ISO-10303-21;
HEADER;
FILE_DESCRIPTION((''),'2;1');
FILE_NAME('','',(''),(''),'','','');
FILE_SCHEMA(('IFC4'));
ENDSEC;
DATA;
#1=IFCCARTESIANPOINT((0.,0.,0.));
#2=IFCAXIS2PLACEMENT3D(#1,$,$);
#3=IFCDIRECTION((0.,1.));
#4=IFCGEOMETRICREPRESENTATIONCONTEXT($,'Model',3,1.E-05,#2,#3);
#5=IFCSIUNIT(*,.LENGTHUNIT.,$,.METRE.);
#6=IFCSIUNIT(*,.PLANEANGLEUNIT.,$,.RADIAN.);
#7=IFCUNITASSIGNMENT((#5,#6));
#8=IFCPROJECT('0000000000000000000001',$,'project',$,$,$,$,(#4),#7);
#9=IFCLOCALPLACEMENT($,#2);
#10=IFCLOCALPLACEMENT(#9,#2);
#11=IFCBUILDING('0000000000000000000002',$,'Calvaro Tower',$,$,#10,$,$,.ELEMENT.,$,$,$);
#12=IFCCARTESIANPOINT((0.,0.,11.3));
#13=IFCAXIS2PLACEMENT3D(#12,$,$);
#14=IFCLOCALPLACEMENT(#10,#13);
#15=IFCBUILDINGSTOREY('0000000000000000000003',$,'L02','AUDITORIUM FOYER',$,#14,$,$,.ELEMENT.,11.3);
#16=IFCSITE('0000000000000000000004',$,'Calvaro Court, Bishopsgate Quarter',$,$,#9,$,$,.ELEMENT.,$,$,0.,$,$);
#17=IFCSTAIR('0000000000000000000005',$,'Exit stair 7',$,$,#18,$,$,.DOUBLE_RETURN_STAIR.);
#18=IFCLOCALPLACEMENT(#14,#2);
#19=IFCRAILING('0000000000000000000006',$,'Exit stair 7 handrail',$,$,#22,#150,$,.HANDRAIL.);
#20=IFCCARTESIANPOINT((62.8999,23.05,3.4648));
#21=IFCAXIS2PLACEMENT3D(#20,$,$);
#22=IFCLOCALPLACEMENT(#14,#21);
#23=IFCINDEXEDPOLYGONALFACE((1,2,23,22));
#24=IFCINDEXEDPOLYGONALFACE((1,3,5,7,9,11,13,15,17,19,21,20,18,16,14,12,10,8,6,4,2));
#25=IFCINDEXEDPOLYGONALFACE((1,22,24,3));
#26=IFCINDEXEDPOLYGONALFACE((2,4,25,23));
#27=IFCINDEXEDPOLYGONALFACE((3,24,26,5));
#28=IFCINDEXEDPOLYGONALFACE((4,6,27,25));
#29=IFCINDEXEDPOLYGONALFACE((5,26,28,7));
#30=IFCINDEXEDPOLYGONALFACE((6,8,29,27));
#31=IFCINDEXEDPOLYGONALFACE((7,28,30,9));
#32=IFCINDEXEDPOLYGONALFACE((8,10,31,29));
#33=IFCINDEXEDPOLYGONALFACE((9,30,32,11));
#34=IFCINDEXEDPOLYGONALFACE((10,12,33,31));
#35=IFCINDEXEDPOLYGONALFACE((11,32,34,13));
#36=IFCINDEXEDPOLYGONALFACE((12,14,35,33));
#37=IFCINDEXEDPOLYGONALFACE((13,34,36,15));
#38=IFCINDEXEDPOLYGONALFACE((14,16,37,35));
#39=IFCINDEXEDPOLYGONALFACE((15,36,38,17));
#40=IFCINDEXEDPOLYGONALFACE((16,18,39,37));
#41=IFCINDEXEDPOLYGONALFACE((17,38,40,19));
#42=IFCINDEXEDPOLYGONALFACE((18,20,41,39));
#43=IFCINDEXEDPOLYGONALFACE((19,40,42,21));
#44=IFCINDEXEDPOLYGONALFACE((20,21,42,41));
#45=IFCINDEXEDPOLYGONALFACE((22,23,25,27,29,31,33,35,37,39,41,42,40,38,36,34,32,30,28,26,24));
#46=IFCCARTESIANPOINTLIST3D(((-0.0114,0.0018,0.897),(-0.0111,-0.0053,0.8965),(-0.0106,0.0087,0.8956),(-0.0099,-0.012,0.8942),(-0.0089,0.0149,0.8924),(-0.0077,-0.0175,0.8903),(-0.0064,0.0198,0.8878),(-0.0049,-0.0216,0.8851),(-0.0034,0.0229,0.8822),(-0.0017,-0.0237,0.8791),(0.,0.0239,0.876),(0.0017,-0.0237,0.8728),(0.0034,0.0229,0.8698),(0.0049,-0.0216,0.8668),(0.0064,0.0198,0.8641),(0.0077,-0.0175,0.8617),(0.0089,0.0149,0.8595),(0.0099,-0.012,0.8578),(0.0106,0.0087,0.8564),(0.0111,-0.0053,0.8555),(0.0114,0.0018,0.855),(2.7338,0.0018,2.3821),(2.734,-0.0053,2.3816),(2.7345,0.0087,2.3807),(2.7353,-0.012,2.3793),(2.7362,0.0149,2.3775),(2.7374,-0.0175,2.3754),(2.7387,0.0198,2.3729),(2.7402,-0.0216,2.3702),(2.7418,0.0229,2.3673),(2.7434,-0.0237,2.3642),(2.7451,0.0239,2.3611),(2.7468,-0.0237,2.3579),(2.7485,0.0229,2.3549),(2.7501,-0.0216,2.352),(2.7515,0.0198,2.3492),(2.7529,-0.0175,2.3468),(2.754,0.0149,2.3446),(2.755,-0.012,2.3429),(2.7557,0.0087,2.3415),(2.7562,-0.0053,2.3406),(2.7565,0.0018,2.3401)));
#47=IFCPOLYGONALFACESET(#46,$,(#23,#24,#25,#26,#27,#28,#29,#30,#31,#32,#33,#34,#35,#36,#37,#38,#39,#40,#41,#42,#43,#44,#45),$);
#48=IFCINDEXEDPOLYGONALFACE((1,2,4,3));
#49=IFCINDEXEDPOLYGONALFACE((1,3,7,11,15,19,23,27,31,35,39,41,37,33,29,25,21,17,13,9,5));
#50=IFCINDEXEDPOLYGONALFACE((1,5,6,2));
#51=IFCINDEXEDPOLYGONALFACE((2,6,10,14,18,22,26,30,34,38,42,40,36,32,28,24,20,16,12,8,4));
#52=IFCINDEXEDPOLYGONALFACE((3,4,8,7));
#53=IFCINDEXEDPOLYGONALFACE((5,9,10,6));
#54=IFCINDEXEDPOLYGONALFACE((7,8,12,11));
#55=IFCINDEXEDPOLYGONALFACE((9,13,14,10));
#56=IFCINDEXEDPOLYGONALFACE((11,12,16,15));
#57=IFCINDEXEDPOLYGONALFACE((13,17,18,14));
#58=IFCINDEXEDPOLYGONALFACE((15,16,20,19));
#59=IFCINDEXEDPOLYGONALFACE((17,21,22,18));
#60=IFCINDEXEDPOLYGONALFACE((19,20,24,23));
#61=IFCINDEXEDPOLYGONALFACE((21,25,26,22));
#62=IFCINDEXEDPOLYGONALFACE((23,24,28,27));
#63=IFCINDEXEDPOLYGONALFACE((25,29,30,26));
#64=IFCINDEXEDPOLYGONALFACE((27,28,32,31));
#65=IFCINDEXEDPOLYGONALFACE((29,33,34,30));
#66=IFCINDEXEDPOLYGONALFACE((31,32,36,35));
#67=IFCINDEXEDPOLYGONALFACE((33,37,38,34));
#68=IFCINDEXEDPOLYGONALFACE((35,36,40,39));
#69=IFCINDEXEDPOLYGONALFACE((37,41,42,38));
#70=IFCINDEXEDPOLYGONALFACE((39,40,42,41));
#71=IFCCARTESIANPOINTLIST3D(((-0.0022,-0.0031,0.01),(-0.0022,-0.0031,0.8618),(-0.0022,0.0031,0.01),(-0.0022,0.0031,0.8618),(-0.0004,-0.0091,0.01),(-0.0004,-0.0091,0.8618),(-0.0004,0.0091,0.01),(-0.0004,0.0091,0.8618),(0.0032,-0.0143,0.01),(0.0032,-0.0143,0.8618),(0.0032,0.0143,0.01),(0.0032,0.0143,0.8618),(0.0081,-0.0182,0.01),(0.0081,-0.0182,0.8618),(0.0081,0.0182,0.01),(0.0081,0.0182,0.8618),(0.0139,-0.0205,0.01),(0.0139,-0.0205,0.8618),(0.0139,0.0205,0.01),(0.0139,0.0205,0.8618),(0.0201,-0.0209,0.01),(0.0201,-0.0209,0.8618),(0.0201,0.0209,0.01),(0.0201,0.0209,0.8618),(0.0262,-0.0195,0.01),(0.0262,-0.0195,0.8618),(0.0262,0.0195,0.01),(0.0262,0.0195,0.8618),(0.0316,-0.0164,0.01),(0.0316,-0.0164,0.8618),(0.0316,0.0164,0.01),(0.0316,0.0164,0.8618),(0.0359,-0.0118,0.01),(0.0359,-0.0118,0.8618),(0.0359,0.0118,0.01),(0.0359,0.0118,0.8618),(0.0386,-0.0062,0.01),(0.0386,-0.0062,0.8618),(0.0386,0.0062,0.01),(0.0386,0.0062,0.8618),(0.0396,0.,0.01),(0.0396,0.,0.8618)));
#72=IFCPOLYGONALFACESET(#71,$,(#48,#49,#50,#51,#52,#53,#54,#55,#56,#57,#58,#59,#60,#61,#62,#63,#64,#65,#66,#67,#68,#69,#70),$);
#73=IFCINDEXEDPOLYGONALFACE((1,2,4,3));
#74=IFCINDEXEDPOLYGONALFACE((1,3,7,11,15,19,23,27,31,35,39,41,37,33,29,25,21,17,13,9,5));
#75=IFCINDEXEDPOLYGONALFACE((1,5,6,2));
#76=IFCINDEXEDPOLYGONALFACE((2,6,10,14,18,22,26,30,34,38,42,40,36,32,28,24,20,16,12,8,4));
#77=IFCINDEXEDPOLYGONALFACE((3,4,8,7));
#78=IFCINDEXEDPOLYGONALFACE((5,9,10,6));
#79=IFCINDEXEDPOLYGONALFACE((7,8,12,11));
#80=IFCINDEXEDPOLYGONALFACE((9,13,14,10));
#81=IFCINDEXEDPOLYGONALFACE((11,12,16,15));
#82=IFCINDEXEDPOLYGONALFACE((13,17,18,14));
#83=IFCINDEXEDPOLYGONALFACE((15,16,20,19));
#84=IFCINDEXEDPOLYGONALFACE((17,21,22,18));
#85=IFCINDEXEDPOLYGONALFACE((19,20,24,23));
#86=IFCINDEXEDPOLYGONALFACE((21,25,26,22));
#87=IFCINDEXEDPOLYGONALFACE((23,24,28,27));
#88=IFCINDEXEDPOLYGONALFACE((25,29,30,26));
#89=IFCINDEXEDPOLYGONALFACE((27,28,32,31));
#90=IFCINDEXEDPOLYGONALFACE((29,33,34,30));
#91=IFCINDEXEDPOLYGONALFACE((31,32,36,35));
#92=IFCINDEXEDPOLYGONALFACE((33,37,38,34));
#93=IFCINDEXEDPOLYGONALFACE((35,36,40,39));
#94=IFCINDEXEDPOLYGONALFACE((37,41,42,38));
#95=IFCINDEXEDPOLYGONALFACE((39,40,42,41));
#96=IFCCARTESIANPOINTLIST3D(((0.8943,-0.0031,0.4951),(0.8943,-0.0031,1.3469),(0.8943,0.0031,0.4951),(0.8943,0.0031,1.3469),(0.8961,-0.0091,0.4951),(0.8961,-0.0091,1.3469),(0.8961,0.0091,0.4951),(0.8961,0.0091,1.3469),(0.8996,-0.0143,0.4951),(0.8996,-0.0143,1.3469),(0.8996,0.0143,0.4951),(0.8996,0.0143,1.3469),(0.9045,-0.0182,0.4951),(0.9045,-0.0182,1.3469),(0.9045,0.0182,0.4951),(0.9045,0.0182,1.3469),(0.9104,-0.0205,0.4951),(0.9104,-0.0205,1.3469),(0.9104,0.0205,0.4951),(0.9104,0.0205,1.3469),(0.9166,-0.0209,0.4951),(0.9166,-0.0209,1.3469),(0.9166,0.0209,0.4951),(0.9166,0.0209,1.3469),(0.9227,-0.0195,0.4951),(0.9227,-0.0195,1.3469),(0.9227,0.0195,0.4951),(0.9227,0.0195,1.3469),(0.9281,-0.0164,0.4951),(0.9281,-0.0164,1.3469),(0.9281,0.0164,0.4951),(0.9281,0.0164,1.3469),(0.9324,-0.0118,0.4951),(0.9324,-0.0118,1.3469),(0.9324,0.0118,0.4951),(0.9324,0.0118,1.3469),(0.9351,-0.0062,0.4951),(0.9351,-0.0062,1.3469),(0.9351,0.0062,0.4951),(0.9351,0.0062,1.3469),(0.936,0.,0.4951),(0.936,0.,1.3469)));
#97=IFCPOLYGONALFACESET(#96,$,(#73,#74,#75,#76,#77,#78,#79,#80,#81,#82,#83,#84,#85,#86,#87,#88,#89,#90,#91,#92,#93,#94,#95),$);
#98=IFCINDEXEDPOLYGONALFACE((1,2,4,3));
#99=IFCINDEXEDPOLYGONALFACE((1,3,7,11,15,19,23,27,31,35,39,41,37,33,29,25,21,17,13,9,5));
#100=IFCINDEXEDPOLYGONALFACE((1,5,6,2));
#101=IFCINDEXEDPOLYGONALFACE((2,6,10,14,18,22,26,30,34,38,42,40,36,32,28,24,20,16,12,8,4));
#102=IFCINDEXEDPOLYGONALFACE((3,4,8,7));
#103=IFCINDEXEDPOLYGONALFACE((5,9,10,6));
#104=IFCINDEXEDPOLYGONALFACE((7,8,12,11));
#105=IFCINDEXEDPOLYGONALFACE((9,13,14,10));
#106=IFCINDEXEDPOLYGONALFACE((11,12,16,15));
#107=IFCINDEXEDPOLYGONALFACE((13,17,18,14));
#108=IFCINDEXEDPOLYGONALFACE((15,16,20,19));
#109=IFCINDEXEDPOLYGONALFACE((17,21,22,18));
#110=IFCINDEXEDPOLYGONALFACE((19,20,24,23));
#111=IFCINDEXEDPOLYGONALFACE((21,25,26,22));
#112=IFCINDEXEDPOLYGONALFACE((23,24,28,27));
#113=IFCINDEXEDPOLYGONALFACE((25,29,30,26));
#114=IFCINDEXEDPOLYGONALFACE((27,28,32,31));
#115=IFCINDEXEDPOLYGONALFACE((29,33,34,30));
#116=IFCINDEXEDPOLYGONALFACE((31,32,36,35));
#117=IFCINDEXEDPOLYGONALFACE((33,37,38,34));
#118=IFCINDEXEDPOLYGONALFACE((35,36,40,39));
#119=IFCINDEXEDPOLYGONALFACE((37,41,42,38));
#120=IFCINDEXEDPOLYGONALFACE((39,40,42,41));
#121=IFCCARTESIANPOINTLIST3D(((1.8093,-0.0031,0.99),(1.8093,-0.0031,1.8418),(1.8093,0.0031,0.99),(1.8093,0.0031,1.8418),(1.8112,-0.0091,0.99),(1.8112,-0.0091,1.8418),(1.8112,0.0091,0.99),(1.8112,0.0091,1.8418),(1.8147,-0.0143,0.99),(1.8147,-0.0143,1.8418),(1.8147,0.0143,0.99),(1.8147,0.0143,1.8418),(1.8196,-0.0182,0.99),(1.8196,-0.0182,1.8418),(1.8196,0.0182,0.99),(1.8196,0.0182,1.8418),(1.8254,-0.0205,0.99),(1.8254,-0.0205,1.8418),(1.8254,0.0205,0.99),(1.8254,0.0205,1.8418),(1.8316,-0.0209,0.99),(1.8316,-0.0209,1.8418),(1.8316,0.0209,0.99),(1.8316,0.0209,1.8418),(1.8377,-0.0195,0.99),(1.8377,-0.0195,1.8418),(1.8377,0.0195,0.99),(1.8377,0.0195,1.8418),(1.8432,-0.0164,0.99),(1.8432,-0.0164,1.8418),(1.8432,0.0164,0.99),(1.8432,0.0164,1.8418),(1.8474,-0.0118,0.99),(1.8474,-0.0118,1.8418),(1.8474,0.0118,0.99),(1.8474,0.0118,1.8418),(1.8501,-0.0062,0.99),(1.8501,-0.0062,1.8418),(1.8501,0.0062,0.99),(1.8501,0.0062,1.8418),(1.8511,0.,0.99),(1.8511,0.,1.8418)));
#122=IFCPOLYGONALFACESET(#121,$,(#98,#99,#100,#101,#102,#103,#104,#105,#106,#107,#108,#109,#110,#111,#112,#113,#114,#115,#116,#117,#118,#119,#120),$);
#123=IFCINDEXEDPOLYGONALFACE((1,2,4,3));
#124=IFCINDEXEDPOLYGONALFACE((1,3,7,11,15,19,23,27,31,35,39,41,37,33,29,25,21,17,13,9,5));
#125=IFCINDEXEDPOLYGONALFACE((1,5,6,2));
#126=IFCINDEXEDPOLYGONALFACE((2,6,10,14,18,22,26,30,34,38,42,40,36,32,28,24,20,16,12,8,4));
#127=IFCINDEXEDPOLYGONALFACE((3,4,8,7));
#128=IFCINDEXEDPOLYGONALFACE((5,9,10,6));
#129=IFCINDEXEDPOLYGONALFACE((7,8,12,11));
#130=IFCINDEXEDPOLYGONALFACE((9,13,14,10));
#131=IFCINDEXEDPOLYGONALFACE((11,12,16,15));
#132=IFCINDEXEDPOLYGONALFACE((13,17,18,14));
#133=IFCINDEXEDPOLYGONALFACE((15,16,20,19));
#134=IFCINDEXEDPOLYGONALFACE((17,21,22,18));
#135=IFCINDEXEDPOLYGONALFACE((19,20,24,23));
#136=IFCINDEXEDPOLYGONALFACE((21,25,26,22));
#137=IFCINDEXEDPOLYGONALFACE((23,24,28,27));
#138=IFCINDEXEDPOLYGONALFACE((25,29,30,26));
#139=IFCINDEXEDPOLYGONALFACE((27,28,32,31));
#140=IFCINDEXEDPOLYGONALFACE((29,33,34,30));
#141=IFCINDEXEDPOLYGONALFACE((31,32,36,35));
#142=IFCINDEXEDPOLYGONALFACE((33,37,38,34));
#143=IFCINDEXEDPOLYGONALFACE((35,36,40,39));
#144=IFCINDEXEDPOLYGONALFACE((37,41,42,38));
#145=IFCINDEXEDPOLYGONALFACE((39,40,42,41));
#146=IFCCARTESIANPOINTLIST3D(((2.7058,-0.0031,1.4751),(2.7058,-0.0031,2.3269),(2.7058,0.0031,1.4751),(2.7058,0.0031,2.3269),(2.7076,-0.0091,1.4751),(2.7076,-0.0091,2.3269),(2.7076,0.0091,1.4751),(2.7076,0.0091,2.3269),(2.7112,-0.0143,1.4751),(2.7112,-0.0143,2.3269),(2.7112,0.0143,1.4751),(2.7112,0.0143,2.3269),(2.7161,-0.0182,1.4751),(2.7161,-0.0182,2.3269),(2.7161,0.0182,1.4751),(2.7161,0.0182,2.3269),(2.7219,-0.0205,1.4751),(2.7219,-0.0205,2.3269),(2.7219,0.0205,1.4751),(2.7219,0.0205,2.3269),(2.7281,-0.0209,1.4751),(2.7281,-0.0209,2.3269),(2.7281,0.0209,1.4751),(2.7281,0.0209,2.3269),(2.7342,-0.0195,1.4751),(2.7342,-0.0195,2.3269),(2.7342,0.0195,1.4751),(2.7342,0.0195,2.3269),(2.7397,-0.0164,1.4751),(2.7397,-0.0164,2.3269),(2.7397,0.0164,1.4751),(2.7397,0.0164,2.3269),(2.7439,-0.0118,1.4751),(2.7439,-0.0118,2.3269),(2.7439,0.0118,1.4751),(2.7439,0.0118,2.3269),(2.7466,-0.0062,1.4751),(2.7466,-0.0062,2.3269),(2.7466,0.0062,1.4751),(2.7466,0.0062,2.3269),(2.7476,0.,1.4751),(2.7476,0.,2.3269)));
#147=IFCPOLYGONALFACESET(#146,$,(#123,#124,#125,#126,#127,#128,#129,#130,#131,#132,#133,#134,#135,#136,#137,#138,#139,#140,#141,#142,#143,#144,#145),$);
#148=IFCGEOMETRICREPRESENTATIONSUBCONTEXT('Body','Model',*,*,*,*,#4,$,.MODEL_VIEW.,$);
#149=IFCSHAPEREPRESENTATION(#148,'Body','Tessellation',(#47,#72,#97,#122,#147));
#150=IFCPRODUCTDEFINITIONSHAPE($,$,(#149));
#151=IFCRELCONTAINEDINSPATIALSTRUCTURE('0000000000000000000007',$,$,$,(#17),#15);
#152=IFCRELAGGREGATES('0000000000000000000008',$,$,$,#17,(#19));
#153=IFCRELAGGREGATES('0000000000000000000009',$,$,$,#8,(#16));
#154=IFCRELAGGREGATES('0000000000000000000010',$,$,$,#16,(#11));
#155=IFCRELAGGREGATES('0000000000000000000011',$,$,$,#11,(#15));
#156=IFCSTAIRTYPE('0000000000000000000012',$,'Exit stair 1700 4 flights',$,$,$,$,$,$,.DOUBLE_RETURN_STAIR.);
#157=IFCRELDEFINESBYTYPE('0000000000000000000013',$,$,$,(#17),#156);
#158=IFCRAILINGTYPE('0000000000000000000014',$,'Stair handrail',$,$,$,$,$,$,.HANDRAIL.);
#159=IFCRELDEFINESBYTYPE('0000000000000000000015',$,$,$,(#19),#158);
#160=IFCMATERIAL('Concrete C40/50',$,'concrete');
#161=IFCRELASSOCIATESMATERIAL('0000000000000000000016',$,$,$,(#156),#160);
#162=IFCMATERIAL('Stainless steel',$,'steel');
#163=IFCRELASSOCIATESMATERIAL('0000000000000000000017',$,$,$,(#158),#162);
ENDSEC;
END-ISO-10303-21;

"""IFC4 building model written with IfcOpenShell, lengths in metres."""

from ifc_helpers import new_model, si_unit, direction, frame, origin, origin_2d, place, context, subcontext, project, spatial, circle, extrude, material, type_object, element, aggregate, save


model = new_model("IFC4")

# Units and contexts
model_context = context("Model", 3, precision=1e-05, world=origin(), true_north=direction((0.0, 1.0)))
body_context = subcontext(model_context, "Body", "Model", "MODEL_VIEW")
ifc_project = project(units=[si_unit("LENGTHUNIT", "METRE"), si_unit("PLANEANGLEUNIT", "RADIAN")], contexts=[model_context])

# Site, building, storey
site_placement = place(None, origin())
site = spatial("IfcSite", under=ifc_project, at=site_placement, Name="Calvaro Court, Bishopsgate Quarter", CompositionType="ELEMENT", RefElevation=0.0)
building_placement = place(site_placement, origin())
building = spatial("IfcBuilding", under=site, at=building_placement, Name="Calvaro Tower", CompositionType="ELEMENT")
storey_placement = place(building_placement, frame((0.0, 0.0, 11.3)))
storey = spatial("IfcBuildingStorey", under=building, at=storey_placement, Name="L02", Description="AUDITORIUM FOYER", CompositionType="ELEMENT", Elevation=11.3)

# Stair, railing
ifc_material_1 = material(Name="Concrete C40/50", Category="concrete")
stair_type = type_object("IfcStairType", Name="Exit stair 1700 4 flights", PredefinedType="DOUBLE_RETURN_STAIR", material=ifc_material_1)
stair_placement = place(storey_placement, origin())
stair = element("IfcStair", 1, at=stair_placement, inside=storey, type_object=stair_type, Name="Exit stair 7", PredefinedType="DOUBLE_RETURN_STAIR")
ifc_material_2 = material(Name="Stainless steel", Category="steel")
railing_type = type_object("IfcRailingType", Name="Stair handrail", PredefinedType="HANDRAIL", material=ifc_material_2)
railing_1_placement = place(storey_placement, frame((62.8999, 23.05, 3.4648)))
railing_1 = element("IfcRailing", 2, at=railing_1_placement, type_object=railing_type, Name="Exit stair 7 handrail", PredefinedType="HANDRAIL", context=body_context, shape_type="SweptSolid", body=[
    extrude(circle(Radius=0.0239, at=origin_2d()), frame((0.0, 0.0, 0.876), z_axis=(0.879538, 0.0, 0.475829), x_axis=(0.0, 1.0, 0.0)), (0.0, 0.0, 1.0), 3.1211),
    extrude(circle(Radius=0.021, at=origin_2d()), frame((0.0186, 0.0, 0.01)), (0.0, 0.0, 1.0), 0.8518),
    extrude(circle(Radius=0.021, at=origin_2d()), frame((0.915, 0.0, 0.4951)), (0.0, 0.0, 1.0), 0.8518),
    extrude(circle(Radius=0.021, at=origin_2d()), frame((1.8301, 0.0, 0.99)), (0.0, 0.0, 1.0), 0.8518),
    extrude(circle(Radius=0.021, at=origin_2d()), frame((2.7266, 0.0, 1.4751)), (0.0, 0.0, 1.0), 0.8518),
])
aggregate(stair, [railing_1])

save(model, "model.ifc")
